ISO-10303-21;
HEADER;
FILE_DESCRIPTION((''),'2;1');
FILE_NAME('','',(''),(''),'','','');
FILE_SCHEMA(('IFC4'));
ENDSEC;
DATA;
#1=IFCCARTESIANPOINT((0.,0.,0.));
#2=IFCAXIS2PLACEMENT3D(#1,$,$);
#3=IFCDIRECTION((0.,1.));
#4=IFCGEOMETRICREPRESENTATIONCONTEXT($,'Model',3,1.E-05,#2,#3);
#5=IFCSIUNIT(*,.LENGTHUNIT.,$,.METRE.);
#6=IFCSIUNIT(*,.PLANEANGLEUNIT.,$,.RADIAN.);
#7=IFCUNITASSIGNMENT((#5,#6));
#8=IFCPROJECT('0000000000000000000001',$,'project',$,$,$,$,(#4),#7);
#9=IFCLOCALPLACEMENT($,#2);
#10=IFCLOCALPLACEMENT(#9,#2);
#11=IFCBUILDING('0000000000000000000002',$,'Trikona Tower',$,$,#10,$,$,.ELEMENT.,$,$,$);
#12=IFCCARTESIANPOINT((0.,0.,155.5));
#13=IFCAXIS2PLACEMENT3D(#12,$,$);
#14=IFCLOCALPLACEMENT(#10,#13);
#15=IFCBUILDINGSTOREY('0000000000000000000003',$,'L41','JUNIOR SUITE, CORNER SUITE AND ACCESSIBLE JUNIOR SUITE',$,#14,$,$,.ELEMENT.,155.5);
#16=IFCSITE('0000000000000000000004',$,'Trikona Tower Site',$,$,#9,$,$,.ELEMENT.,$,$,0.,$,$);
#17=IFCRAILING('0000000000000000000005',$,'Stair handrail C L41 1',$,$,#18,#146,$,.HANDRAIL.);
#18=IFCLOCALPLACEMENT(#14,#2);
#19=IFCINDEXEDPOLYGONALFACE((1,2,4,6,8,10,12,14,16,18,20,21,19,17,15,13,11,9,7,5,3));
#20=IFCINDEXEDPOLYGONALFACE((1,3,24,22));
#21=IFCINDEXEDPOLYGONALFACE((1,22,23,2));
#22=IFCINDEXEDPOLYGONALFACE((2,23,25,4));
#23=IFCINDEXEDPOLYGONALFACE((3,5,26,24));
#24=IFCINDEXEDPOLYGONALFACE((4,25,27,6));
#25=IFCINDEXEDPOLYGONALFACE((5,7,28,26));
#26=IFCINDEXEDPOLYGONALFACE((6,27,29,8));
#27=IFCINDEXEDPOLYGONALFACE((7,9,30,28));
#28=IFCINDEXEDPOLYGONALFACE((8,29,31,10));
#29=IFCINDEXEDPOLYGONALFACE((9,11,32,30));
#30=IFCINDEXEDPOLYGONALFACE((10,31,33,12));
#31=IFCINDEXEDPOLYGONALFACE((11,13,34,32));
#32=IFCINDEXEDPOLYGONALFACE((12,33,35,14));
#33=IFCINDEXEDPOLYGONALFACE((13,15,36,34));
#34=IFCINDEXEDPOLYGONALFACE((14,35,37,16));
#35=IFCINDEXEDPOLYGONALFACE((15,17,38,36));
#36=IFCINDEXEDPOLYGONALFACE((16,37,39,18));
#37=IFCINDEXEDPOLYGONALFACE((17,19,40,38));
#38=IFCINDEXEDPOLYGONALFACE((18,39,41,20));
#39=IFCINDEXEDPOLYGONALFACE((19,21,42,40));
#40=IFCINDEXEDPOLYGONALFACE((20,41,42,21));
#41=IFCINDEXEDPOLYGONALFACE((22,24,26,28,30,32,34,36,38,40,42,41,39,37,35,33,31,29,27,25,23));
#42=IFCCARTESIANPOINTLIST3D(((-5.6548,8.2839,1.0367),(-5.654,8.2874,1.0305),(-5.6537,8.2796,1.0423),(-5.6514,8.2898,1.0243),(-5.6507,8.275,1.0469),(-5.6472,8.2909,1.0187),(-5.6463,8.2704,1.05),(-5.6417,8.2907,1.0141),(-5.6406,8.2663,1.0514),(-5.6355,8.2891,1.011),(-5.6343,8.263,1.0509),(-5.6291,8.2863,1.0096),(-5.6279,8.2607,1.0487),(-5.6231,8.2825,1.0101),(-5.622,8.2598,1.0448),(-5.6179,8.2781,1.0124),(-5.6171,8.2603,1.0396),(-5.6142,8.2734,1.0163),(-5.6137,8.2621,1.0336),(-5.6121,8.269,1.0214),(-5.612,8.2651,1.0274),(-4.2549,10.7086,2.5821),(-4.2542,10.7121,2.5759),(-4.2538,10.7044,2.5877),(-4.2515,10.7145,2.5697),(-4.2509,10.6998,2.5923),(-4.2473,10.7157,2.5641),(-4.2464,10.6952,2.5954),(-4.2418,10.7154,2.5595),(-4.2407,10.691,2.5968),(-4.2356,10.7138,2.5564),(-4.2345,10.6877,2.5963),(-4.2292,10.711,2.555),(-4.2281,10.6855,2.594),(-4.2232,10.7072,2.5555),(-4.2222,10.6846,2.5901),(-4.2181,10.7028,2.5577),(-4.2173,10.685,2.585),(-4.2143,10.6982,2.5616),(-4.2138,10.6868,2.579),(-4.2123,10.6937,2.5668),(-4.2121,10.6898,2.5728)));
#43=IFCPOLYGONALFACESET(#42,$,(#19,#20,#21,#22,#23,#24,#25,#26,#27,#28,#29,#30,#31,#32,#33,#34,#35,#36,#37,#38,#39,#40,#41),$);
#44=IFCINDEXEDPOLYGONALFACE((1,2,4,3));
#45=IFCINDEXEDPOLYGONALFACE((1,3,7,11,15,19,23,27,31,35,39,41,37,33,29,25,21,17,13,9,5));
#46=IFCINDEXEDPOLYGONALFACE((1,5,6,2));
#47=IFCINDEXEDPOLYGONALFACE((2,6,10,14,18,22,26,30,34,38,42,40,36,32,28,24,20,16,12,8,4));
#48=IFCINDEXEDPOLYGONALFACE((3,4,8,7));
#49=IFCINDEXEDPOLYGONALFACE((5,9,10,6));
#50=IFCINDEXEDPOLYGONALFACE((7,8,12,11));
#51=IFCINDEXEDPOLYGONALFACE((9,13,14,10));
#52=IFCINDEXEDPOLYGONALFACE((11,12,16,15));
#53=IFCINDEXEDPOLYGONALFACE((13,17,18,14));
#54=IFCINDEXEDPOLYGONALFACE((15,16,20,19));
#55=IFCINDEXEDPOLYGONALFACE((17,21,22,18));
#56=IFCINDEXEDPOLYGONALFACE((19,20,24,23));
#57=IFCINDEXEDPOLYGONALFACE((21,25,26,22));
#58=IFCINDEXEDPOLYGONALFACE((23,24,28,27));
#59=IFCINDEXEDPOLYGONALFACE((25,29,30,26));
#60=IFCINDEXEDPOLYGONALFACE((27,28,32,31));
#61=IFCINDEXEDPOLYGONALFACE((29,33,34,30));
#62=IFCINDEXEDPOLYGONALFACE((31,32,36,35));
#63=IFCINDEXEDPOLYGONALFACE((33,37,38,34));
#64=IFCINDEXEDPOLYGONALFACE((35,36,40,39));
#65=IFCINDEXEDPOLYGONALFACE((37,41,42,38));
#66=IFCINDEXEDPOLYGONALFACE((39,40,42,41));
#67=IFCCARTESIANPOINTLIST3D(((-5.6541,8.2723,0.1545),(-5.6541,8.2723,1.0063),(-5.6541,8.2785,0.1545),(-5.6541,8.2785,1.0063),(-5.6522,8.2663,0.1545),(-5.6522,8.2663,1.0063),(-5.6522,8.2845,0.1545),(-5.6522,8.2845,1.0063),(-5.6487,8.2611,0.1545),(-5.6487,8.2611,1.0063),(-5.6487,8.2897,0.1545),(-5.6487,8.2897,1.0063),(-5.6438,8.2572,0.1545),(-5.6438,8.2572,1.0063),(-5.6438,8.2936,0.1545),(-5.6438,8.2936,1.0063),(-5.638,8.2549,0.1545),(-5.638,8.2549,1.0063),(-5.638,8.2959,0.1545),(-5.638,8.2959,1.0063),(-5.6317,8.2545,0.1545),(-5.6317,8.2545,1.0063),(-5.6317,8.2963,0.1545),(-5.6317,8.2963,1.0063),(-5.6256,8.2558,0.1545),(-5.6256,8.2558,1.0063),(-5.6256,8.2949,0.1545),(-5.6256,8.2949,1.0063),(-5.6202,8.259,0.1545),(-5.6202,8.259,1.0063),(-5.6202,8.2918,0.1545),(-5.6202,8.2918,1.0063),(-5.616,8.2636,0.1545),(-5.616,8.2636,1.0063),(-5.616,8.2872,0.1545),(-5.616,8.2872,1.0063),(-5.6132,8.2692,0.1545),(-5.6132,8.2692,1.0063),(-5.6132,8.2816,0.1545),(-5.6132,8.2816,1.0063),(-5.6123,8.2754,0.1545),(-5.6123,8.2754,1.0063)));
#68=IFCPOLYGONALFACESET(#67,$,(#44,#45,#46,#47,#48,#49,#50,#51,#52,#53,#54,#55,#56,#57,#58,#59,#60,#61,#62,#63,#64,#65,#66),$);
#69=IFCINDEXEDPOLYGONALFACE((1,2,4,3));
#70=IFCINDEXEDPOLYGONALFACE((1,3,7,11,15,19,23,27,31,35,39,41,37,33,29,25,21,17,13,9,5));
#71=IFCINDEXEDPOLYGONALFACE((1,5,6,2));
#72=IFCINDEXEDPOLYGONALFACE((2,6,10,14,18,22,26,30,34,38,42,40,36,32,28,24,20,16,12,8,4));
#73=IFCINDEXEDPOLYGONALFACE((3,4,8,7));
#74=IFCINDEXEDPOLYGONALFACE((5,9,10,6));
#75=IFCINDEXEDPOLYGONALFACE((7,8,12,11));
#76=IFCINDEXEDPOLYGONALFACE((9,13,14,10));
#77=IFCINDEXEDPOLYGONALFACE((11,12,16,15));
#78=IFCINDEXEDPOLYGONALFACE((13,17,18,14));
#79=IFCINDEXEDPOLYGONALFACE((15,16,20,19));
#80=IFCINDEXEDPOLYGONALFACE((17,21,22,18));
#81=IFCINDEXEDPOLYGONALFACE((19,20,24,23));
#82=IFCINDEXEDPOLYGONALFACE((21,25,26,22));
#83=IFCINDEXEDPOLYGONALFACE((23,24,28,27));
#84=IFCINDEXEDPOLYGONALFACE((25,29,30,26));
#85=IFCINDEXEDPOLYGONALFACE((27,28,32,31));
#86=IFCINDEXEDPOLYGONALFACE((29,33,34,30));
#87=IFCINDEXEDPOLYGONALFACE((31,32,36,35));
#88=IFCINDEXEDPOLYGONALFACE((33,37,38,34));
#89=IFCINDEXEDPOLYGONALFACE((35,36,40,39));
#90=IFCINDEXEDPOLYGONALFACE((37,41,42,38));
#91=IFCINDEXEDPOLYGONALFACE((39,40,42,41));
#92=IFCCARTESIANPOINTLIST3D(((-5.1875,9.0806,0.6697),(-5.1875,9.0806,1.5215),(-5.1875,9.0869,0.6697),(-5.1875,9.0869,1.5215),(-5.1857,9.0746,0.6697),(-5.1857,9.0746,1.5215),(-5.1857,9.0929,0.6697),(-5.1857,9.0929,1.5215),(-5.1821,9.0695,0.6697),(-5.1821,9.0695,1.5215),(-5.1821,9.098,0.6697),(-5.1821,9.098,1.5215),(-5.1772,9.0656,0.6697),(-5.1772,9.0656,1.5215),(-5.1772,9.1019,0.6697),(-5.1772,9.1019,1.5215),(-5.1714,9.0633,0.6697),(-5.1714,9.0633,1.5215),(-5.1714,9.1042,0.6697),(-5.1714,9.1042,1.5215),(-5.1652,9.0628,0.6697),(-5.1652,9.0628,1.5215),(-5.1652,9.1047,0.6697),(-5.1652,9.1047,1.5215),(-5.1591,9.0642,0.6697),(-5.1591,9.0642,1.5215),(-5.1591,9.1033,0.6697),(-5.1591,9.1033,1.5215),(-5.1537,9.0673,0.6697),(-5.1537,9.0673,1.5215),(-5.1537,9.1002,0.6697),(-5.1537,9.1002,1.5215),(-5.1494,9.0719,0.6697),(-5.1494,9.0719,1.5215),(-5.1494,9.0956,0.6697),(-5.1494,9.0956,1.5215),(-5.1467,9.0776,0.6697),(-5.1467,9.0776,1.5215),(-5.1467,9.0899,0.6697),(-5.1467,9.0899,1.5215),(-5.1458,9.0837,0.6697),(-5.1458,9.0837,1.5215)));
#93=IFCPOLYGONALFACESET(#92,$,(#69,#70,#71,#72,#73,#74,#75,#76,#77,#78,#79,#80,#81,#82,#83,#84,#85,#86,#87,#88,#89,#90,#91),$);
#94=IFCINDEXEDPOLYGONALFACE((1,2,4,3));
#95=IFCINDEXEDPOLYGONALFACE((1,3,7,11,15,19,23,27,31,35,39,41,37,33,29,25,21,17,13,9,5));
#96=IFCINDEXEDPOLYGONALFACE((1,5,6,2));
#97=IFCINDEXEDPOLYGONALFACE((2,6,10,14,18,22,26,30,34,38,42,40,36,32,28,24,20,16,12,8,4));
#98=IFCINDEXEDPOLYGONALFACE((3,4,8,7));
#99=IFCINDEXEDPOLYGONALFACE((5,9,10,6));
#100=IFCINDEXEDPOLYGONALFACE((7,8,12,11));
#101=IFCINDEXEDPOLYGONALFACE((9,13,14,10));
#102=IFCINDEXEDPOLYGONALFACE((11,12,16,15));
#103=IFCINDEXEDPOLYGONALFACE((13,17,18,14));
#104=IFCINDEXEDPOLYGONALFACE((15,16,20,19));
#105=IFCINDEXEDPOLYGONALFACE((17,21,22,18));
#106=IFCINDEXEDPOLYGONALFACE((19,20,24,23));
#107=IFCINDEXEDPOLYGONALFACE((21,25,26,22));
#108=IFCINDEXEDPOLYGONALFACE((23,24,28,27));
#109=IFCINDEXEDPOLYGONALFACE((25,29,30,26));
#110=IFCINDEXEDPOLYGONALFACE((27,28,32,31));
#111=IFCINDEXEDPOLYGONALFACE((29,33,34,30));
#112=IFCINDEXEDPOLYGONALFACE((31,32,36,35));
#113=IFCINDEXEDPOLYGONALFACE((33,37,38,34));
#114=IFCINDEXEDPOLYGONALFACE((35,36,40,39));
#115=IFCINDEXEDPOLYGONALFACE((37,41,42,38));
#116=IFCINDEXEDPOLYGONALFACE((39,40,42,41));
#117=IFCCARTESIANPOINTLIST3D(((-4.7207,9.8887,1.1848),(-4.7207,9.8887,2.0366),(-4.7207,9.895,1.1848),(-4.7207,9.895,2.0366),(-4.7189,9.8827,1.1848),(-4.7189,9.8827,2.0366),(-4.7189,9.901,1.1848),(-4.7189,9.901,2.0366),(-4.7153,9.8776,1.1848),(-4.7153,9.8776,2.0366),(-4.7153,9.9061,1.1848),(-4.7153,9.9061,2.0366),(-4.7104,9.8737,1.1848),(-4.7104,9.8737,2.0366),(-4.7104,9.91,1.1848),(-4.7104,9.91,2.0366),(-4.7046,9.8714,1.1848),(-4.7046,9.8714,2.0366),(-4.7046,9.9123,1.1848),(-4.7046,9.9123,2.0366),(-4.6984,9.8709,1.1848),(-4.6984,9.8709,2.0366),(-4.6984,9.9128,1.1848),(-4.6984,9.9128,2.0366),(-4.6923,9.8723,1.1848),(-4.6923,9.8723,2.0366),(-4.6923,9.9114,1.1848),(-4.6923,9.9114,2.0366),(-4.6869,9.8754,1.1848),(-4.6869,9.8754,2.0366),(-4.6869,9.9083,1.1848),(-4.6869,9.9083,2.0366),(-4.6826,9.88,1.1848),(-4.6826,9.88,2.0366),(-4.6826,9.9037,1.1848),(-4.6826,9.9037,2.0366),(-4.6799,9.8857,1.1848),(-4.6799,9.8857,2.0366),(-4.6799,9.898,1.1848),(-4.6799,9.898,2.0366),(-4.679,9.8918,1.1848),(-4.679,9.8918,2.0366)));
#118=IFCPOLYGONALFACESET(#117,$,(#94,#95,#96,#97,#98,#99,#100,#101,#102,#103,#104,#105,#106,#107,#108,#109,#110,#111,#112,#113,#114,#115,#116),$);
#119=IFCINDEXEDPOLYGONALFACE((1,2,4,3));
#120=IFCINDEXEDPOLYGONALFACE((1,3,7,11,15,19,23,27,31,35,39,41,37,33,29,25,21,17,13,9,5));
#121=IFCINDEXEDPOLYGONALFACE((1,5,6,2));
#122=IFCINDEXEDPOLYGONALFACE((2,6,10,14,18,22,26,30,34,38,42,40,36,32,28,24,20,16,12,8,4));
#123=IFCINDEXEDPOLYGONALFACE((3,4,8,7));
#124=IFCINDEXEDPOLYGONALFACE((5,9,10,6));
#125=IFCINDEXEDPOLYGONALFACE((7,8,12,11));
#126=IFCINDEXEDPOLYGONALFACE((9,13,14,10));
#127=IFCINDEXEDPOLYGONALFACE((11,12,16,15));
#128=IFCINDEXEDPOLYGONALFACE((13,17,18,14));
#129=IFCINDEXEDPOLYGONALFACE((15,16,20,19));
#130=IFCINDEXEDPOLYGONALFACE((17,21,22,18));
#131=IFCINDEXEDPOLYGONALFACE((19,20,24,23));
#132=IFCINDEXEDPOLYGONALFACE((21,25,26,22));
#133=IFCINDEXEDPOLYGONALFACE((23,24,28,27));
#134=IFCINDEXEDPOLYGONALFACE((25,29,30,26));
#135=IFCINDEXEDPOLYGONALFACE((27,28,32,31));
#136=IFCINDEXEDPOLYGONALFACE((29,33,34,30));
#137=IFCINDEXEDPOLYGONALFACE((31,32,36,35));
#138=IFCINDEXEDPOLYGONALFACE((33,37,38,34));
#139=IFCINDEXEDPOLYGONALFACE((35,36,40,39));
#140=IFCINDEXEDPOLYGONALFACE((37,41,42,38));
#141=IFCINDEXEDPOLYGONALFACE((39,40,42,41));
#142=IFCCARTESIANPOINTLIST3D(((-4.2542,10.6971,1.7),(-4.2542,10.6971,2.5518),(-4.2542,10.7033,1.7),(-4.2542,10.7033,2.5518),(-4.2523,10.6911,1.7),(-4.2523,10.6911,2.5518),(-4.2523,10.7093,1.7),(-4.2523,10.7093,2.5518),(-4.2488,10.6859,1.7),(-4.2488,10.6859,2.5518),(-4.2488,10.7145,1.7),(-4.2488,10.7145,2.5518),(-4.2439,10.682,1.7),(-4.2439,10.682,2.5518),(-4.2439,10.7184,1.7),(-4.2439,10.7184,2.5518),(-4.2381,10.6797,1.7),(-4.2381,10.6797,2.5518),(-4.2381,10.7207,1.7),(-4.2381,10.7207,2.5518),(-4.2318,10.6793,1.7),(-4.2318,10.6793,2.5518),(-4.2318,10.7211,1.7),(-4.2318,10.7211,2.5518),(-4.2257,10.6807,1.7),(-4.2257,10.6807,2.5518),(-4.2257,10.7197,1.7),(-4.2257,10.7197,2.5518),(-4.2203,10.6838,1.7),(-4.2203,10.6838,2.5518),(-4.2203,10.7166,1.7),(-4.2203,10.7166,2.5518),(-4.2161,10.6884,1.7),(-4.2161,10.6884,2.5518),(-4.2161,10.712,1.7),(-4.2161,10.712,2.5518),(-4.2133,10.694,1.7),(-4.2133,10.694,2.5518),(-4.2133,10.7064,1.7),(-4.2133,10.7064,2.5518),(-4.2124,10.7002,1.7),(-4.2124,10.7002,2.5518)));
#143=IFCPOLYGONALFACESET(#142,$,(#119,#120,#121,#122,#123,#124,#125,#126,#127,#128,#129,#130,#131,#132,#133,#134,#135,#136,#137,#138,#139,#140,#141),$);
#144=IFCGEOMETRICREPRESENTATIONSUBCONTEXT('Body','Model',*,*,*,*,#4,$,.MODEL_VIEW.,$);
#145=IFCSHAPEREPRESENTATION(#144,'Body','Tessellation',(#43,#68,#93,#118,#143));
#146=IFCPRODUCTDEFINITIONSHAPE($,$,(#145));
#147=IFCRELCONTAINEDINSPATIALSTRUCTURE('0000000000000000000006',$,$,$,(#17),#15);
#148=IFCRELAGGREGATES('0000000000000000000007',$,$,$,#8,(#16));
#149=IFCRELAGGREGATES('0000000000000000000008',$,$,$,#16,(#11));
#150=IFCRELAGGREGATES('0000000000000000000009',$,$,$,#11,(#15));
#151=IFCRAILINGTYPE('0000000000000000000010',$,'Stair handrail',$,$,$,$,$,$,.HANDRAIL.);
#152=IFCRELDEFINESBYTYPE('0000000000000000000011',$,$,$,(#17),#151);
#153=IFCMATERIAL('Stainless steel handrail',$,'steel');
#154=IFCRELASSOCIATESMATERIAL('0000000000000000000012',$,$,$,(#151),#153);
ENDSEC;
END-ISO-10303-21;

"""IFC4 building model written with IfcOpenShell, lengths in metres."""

from ifc_helpers import new_model, si_unit, direction, frame, origin, origin_2d, place, context, subcontext, project, spatial, circle, extrude, material, type_object, element, save


model = new_model("IFC4")

# Units and contexts
model_context = context("Model", 3, precision=1e-05, world=origin(), true_north=direction((0.0, 1.0)))
body_context = subcontext(model_context, "Body", "Model", "MODEL_VIEW")
ifc_project = project(units=[si_unit("LENGTHUNIT", "METRE"), si_unit("PLANEANGLEUNIT", "RADIAN")], contexts=[model_context])

# Site, building, storey
site_placement = place(None, origin())
site = spatial("IfcSite", under=ifc_project, at=site_placement, Name="Trikona Tower Site", CompositionType="ELEMENT", RefElevation=0.0)
building_placement = place(site_placement, origin())
building = spatial("IfcBuilding", under=site, at=building_placement, Name="Trikona Tower", CompositionType="ELEMENT")
storey_placement = place(building_placement, frame((0.0, 0.0, 155.5)))
storey = spatial("IfcBuildingStorey", under=building, at=storey_placement, Name="L41", Description="JUNIOR SUITE, CORNER SUITE AND ACCESSIBLE JUNIOR SUITE", CompositionType="ELEMENT", Elevation=155.5)

# Railing
ifc_material_1 = material(Name="Stainless steel handrail", Category="steel")
railing_type = type_object("IfcRailingType", Name="Stair handrail", PredefinedType="HANDRAIL", material=ifc_material_1)
railing_1_placement = place(storey_placement, frame((-5.6333, 8.2754, 0.1545)))
element("IfcRailing", 1, at=railing_1_placement, inside=storey, type_object=railing_type, Name="Stair handrail C L41 1", PredefinedType="HANDRAIL", context=body_context, shape_type="SweptSolid", body=[
    extrude(circle(Radius=0.0239, at=origin_2d()), frame((0.0, 0.0, 0.876), z_axis=(0.437733, 0.758207, 0.483231), x_axis=(-0.866035, 0.499984, 0.0)), (0.0, 0.0, 1.0), 3.198),
    extrude(circle(Radius=0.021, at=origin_2d()), origin(), (0.0, 0.0, 1.0), 0.8518),
    extrude(circle(Radius=0.021, at=origin_2d()), frame((0.4666, 0.8083, 0.5151)), (0.0, 0.0, 1.0), 0.8518),
    extrude(circle(Radius=0.021, at=origin_2d()), frame((0.9333, 1.6165, 1.0303)), (0.0, 0.0, 1.0), 0.8518),
    extrude(circle(Radius=0.021, at=origin_2d()), frame((1.3999, 2.4248, 1.5454)), (0.0, 0.0, 1.0), 0.8518),
])

save(model, "model.ifc")
